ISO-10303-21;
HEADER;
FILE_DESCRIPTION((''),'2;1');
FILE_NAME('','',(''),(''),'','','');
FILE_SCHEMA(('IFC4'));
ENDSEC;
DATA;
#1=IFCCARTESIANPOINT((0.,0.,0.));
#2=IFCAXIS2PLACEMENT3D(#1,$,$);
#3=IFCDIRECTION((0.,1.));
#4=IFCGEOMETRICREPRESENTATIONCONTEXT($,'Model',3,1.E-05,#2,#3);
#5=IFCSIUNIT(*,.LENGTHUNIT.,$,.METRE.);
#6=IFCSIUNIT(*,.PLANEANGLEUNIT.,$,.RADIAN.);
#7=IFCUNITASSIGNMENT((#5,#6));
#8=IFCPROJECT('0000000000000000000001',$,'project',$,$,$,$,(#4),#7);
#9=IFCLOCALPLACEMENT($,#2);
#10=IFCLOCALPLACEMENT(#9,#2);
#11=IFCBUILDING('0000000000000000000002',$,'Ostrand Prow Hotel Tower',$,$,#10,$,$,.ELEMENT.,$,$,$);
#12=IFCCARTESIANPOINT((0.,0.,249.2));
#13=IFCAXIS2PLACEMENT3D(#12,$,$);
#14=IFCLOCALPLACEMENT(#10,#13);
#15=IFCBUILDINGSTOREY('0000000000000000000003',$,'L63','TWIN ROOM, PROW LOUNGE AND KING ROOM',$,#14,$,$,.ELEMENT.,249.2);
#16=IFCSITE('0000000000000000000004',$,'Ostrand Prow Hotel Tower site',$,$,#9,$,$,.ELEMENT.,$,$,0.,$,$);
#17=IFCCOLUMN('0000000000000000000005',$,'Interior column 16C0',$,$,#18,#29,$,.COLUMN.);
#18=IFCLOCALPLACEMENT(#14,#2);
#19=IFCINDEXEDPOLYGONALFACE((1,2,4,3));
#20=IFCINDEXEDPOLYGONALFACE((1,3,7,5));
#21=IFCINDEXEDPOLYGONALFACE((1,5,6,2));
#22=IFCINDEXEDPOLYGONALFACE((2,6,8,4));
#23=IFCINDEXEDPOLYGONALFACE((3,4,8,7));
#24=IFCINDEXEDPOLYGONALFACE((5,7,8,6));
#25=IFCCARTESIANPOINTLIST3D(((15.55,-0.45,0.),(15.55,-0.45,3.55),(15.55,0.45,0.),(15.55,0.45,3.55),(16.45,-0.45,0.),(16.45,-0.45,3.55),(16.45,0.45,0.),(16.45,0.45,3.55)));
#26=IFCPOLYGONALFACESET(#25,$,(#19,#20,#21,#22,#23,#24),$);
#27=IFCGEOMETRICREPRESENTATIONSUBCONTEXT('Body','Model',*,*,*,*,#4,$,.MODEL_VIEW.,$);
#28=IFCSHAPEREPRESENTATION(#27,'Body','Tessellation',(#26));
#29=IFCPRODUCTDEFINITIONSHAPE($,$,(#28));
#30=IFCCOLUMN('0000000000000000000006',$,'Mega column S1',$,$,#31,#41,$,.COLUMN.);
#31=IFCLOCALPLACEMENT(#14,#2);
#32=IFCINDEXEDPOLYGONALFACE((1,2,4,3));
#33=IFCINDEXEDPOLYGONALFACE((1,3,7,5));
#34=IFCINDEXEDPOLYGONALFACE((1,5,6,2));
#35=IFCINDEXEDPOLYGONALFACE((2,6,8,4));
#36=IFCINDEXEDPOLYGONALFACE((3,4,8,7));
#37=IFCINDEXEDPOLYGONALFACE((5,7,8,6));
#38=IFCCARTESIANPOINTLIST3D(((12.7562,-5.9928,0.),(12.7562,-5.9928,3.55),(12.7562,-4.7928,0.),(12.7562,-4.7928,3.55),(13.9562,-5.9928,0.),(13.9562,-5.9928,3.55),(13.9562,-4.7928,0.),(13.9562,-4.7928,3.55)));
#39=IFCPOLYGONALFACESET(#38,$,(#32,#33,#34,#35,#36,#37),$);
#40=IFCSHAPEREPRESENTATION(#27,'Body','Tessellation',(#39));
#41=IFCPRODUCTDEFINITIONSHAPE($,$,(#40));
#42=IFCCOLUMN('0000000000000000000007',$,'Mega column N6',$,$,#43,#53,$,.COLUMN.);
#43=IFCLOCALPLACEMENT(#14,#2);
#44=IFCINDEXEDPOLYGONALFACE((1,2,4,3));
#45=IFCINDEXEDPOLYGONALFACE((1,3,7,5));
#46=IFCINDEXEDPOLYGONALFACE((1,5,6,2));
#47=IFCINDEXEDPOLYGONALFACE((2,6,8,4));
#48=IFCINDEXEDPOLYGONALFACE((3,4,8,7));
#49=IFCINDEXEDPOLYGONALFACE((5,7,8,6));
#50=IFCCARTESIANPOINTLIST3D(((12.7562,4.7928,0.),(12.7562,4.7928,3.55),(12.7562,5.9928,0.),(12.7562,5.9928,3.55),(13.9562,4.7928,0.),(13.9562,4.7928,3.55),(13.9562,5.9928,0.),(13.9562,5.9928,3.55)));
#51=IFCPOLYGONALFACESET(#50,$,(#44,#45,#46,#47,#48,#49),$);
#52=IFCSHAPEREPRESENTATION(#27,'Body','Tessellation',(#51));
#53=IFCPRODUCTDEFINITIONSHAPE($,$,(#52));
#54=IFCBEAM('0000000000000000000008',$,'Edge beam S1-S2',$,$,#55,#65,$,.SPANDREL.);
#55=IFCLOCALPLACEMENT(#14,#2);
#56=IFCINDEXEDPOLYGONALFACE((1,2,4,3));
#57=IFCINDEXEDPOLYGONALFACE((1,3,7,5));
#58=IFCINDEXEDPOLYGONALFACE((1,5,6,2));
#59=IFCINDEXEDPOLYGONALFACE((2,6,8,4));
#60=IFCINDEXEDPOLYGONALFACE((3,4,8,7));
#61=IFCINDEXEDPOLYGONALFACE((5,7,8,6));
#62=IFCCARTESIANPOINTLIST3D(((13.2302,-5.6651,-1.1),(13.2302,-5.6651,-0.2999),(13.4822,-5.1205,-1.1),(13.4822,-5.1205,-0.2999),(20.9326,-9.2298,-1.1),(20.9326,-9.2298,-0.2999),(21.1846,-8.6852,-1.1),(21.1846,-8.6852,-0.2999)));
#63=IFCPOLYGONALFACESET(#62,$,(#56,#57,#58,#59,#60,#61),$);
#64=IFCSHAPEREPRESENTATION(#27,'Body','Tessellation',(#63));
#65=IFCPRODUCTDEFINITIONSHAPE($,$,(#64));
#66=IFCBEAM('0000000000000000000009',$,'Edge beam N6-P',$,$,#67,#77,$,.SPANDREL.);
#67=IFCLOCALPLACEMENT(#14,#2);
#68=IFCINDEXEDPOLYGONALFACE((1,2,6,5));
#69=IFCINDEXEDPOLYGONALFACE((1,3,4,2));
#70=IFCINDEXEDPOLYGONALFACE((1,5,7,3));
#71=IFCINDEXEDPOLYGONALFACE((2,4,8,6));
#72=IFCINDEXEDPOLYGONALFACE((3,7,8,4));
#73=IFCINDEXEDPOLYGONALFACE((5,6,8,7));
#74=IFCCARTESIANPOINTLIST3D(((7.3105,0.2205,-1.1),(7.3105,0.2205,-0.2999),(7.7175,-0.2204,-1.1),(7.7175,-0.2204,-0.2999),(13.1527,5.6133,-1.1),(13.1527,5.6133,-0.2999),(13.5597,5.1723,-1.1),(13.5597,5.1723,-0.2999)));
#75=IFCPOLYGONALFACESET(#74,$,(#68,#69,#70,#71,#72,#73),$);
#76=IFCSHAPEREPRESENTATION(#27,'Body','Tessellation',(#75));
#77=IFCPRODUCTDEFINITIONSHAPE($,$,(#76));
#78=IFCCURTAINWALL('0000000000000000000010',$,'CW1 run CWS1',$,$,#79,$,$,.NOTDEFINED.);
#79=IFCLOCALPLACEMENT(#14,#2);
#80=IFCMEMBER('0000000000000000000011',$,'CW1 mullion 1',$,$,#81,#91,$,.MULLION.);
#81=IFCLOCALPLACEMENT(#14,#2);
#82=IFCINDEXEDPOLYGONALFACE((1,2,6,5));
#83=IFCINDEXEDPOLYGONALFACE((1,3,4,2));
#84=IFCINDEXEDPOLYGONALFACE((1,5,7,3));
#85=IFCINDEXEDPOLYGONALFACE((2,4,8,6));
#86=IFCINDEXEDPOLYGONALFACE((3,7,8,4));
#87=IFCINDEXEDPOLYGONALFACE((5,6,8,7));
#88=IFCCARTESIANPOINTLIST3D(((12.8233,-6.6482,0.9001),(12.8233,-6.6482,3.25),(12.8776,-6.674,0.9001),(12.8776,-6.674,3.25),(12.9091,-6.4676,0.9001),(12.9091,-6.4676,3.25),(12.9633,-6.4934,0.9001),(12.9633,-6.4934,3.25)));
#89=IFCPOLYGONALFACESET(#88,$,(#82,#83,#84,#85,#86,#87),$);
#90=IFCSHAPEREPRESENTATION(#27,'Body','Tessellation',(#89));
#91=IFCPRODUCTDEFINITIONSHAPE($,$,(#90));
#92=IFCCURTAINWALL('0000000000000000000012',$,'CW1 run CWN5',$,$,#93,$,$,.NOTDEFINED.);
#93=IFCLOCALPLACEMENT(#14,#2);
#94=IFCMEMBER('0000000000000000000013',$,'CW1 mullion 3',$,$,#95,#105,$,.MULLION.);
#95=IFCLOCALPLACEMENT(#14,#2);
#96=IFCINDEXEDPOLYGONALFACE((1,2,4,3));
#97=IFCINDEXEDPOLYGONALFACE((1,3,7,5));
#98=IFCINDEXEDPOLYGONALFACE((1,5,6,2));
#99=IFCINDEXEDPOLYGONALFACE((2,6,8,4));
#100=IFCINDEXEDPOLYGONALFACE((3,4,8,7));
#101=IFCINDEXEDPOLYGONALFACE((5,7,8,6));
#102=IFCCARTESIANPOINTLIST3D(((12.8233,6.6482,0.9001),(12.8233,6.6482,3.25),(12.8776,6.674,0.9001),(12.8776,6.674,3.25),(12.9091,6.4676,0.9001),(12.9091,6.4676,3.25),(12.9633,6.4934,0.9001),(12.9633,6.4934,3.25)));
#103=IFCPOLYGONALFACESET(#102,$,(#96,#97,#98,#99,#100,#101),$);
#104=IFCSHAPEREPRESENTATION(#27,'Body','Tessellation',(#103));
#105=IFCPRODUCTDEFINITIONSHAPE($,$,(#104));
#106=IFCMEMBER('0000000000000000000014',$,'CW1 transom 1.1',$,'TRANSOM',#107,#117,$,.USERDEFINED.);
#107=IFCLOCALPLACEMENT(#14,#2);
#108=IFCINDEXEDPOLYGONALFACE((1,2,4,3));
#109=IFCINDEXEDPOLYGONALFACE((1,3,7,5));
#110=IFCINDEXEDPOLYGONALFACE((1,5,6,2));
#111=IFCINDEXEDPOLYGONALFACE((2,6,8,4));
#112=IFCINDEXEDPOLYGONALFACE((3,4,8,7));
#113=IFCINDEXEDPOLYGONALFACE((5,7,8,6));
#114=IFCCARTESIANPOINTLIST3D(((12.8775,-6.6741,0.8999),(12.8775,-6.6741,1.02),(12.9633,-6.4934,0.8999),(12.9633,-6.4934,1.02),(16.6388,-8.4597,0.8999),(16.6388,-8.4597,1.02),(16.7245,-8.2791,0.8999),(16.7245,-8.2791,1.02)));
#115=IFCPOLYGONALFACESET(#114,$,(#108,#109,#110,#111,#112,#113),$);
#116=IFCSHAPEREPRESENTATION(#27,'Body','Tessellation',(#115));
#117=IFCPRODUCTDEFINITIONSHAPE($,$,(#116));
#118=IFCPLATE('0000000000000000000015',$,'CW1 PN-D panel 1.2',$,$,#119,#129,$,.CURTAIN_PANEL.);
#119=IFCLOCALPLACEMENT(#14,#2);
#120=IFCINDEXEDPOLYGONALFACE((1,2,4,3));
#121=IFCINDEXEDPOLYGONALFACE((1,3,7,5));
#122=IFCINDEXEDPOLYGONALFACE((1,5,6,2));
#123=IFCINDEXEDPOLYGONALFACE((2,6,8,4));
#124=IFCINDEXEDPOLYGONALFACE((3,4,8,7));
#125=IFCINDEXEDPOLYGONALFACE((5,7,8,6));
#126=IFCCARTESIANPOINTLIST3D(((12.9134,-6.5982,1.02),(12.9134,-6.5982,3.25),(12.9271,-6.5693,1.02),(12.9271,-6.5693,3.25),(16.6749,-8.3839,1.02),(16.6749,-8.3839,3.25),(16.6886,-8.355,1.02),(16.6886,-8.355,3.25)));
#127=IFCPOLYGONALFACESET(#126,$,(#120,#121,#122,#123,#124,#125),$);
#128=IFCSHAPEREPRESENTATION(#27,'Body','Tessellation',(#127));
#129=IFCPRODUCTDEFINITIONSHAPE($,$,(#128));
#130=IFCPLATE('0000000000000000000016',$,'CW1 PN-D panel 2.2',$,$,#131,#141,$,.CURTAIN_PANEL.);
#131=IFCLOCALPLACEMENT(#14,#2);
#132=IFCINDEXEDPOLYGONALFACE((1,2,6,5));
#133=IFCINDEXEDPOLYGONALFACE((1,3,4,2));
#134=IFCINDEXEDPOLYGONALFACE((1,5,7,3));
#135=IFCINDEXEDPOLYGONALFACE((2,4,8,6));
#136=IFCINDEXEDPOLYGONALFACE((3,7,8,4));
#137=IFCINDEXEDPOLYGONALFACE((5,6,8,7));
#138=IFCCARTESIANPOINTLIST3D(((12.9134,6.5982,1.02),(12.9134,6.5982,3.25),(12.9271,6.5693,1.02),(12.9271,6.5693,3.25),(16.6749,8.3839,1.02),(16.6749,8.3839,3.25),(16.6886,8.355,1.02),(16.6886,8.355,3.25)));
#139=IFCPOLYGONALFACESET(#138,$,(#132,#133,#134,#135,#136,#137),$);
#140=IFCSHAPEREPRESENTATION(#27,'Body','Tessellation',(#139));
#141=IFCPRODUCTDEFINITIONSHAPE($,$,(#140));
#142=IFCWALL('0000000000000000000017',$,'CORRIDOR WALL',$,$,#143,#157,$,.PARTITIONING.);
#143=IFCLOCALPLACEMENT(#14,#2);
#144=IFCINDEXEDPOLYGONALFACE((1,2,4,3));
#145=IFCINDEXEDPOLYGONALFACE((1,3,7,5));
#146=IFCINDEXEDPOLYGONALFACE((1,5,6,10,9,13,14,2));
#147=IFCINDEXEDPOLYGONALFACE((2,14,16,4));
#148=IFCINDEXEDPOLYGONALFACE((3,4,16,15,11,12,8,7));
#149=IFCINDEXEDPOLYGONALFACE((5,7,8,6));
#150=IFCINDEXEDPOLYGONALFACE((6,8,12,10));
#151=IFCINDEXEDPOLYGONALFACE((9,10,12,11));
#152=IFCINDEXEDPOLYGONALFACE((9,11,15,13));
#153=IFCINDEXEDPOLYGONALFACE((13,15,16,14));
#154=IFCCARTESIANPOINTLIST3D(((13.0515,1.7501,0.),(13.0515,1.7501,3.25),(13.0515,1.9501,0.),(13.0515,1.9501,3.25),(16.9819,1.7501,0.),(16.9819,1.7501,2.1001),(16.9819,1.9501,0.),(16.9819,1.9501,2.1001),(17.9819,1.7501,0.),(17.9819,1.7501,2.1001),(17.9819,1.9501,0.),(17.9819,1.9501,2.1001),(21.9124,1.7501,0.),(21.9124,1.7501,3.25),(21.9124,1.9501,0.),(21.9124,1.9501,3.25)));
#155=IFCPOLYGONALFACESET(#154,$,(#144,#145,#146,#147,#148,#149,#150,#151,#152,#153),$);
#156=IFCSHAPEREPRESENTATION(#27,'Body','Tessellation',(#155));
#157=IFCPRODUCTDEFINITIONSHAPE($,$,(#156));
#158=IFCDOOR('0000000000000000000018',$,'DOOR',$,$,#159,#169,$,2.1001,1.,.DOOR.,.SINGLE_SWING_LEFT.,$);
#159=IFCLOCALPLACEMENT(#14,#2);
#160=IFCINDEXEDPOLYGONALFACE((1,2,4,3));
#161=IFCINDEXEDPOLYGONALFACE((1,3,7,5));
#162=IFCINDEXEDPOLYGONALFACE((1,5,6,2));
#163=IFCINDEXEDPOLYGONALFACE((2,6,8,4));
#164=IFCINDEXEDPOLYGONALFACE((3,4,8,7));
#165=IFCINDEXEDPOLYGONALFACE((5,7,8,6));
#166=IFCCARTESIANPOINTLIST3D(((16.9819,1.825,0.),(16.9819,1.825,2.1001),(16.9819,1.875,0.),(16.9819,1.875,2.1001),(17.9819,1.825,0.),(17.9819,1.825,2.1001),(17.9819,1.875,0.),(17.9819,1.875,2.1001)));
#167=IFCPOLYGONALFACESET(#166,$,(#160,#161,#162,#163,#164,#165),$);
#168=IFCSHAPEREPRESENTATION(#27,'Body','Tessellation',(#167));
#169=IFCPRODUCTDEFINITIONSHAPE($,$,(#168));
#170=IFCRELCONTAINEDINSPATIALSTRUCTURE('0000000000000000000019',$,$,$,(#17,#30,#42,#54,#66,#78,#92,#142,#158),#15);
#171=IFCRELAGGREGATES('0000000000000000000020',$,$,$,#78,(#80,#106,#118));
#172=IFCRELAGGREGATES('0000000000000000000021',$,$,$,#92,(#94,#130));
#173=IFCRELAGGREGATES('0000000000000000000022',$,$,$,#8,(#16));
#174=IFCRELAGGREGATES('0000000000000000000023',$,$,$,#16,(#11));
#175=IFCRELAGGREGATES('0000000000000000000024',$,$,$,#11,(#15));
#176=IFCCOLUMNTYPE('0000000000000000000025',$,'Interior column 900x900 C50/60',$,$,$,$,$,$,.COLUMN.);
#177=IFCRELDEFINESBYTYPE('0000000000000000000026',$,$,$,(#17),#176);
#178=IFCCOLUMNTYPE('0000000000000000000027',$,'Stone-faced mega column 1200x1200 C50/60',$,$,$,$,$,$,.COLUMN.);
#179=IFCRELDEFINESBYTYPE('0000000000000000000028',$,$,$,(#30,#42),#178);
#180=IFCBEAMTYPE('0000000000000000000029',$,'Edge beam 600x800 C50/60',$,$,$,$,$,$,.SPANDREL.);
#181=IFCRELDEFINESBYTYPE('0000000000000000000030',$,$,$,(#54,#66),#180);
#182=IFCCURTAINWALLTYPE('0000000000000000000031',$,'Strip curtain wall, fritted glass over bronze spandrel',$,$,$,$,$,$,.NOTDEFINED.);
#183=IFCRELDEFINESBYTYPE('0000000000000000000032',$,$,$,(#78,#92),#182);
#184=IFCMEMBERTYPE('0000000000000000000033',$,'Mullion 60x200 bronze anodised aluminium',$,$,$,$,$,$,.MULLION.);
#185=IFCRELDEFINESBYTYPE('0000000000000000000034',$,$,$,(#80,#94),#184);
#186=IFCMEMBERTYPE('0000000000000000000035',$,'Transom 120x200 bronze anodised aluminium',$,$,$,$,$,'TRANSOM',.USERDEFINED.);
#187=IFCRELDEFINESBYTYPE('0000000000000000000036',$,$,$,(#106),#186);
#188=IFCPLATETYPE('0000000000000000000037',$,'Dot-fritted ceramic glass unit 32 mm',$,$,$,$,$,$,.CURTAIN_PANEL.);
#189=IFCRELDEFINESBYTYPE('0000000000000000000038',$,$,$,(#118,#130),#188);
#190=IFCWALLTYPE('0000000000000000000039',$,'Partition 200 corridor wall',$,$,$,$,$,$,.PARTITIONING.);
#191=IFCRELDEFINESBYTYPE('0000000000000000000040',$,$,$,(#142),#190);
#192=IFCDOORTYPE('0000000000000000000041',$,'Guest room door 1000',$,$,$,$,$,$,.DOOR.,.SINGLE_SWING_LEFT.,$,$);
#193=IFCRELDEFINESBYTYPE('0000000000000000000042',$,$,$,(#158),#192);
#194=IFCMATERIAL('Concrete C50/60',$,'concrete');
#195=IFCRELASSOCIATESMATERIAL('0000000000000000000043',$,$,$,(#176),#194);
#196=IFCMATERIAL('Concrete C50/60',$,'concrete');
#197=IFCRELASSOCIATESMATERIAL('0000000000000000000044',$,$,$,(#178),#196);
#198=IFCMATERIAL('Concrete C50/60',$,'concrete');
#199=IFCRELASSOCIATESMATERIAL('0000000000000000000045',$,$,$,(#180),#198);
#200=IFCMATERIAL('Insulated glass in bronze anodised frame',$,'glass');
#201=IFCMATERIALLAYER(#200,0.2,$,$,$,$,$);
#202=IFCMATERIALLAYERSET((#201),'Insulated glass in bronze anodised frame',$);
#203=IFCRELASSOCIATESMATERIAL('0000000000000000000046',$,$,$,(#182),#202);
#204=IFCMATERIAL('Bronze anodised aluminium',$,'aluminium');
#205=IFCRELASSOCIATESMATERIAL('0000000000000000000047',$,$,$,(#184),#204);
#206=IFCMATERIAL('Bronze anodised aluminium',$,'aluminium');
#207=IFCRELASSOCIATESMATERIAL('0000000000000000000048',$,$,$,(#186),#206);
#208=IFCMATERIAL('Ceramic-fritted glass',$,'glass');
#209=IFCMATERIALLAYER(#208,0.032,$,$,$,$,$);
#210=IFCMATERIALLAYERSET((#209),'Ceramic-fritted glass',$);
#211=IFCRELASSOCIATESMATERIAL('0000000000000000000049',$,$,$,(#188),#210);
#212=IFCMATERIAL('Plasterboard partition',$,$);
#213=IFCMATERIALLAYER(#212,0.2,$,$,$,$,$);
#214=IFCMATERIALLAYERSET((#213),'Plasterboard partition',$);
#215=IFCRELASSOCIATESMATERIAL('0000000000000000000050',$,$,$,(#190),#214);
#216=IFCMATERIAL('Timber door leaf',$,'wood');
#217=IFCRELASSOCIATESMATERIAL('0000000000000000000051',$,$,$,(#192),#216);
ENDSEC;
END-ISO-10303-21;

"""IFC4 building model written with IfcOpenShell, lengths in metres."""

from ifc_helpers import new_model, si_unit, direction, frame, frame_2d, origin, origin_2d, place, context, subcontext, project, spatial, rectangle, extrude, material, layer, layer_set, material_profile, profile_set, type_object, element, fill, aggregate, save


model = new_model("IFC4")

# Units and contexts
model_context = context("Model", 3, precision=1e-05, world=origin(), true_north=direction((0.0, 1.0)))
body_context = subcontext(model_context, "Body", "Model", "MODEL_VIEW")
ifc_project = project(units=[si_unit("LENGTHUNIT", "METRE"), si_unit("PLANEANGLEUNIT", "RADIAN")], contexts=[model_context])

# Site, building, storey
site_placement = place(None, origin())
site = spatial("IfcSite", under=ifc_project, at=site_placement, Name="Ostrand Prow Hotel Tower site", CompositionType="ELEMENT", RefElevation=0.0)
building_placement = place(site_placement, origin())
building = spatial("IfcBuilding", under=site, at=building_placement, Name="Ostrand Prow Hotel Tower", CompositionType="ELEMENT")
storey_placement = place(building_placement, frame((0.0, 0.0, 249.2)))
storey = spatial("IfcBuildingStorey", under=building, at=storey_placement, Name="L63", Description="TWIN ROOM, PROW LOUNGE AND KING ROOM", CompositionType="ELEMENT", Elevation=249.2)

# Columns
ifc_material_1 = material(Name="Concrete C50/60", Category="concrete")
ifc_material_profile_1 = material_profile(ifc_material_1, rectangle(XDim=0.8999, YDim=0.8999, at=origin_2d()), Name="RC 900x900")
ifc_profile_set_1 = profile_set([ifc_material_profile_1], Name="Concrete C50/60")
column_type_1 = type_object("IfcColumnType", Name="Interior column 900x900 C50/60", PredefinedType="COLUMN", material=ifc_profile_set_1)
column_placement = place(storey_placement, frame((16.0, 0.0, 0.0), z_axis=(0.0, 0.0, 1.0), x_axis=(1.0, 0.0, 0.0)))
element("IfcColumn", 1, at=column_placement, inside=storey, type_object=column_type_1, Name="Interior column 16C0", PredefinedType="COLUMN", context=body_context, shape_type="SweptSolid", body=[
    extrude(rectangle(XDim=0.8999, YDim=0.8999, at=origin_2d()), origin(), (0.0, 0.0, 1.0), 3.55),
])
ifc_material_2 = material(Name="Concrete C50/60", Category="concrete")
ifc_material_profile_2 = material_profile(ifc_material_2, rectangle(XDim=1.2, YDim=1.2, at=origin_2d()), Name="RC 1200x1200")
ifc_profile_set_2 = profile_set([ifc_material_profile_2], Name="Concrete C50/60")
column_type_2 = type_object("IfcColumnType", Name="Stone-faced mega column 1200x1200 C50/60", PredefinedType="COLUMN", material=ifc_profile_set_2)
for number, where, z_axis, x_axis, name in (
    (2, (13.3562, -5.3928, 0.0), (0.0, 0.0, 1.0), (1.0, 0.0, 0.0), "Mega column S1"),
    (3, (13.3562, 5.3928, 0.0), (0.0, 0.0, 1.0), (1.0, 0.0, 0.0), "Mega column N6"),
):
    element("IfcColumn", number, at=place(storey_placement, frame(where, z_axis=z_axis, x_axis=x_axis)), inside=storey, type_object=column_type_2, Name=name, PredefinedType="COLUMN", context=body_context, shape_type="SweptSolid", body=[
        extrude(rectangle(XDim=1.2, YDim=1.2, at=origin_2d()), origin(), (0.0, 0.0, 1.0), 3.55),
    ])

# Beams
ifc_material_3 = material(Name="Concrete C50/60", Category="concrete")
ifc_material_profile_3 = material_profile(ifc_material_3, rectangle(XDim=0.6001, YDim=0.8, at=origin_2d()), Name="RC 600x800")
ifc_profile_set_3 = profile_set([ifc_material_profile_3], Name="Concrete C50/60")
beam_type = type_object("IfcBeamType", Name="Edge beam 600x800 C50/60", PredefinedType="SPANDREL", material=ifc_profile_set_3)
beam_1_placement = place(storey_placement, frame((13.3562, -5.3928, -0.7), z_axis=(0.907522, -0.420005, 0.0), x_axis=(0.420005, 0.907522, 0.0)))
element("IfcBeam", 4, at=beam_1_placement, inside=storey, type_object=beam_type, Name="Edge beam S1-S2", PredefinedType="SPANDREL", context=body_context, shape_type="SweptSolid", body=[
    extrude(rectangle(XDim=0.6001, YDim=0.8, at=origin_2d()), origin(), (0.0, 0.0, 1.0), 8.4873),
])
beam_2_placement = place(storey_placement, frame((13.3562, 5.3928, -0.7), z_axis=(-0.734807, -0.678276, 0.0), x_axis=(0.678276, -0.734807, 0.0)))
element("IfcBeam", 5, at=beam_2_placement, inside=storey, type_object=beam_type, Name="Edge beam N6-P", PredefinedType="SPANDREL", context=body_context, shape_type="SweptSolid", body=[
    extrude(rectangle(XDim=0.6001, YDim=0.8, at=origin_2d()), origin(), (0.0, 0.0, 1.0), 7.9507),
])

# Curtain walls, members
ifc_material_4 = material(Name="Insulated glass in bronze anodised frame", Category="glass")
ifc_layer_1 = layer(ifc_material_4, 0.2)
ifc_layer_set_1 = layer_set([ifc_layer_1], Name="Insulated glass in bronze anodised frame")
curtain_wall_type = type_object("IfcCurtainWallType", Name="Strip curtain wall, fritted glass over bronze spandrel", PredefinedType="NOTDEFINED", material=ifc_layer_set_1)
curtain_wall_1_placement = place(storey_placement, origin())
curtain_wall_1 = element("IfcCurtainWall", 6, at=curtain_wall_1_placement, inside=storey, type_object=curtain_wall_type, Name="CW1 run CWS1", PredefinedType="NOTDEFINED")
ifc_material_5 = material(Name="Bronze anodised aluminium", Category="aluminium")
ifc_material_profile_4 = material_profile(ifc_material_5, rectangle(XDim=0.2, YDim=0.0601, at=origin_2d()), Name="Mullion 60x200 bronze anodised aluminium")
ifc_profile_set_4 = profile_set([ifc_material_profile_4], Name="Bronze anodised aluminium")
member_type_1 = type_object("IfcMemberType", Name="Mullion 60x200 bronze anodised aluminium", PredefinedType="MULLION", material=ifc_profile_set_4)
member_1_placement = place(storey_placement, frame((12.8933, -6.5708, 0.9001), z_axis=(0.0, 0.0, 1.0), x_axis=(0.428861, 0.90337, 0.0)))
member_1 = element("IfcMember", 7, at=member_1_placement, type_object=member_type_1, Name="CW1 mullion 1", PredefinedType="MULLION", context=body_context, shape_type="SweptSolid", body=[
    extrude(rectangle(XDim=0.2, YDim=0.0601, at=origin_2d()), origin(), (0.0, 0.0, 1.0), 2.3499),
])
curtain_wall_2_placement = place(storey_placement, origin())
curtain_wall_2 = element("IfcCurtainWall", 8, at=curtain_wall_2_placement, inside=storey, type_object=curtain_wall_type, Name="CW1 run CWN5", PredefinedType="NOTDEFINED")
member_2_placement = place(storey_placement, frame((12.8933, 6.5708, 0.9001), z_axis=(0.0, 0.0, 1.0), x_axis=(0.428861, -0.90337, 0.0)))
member_2 = element("IfcMember", 9, at=member_2_placement, type_object=member_type_1, Name="CW1 mullion 3", PredefinedType="MULLION", context=body_context, shape_type="SweptSolid", body=[
    extrude(rectangle(XDim=0.2, YDim=0.0601, at=origin_2d()), origin(), (0.0, 0.0, 1.0), 2.3499),
])

# Member
ifc_material_6 = material(Name="Bronze anodised aluminium", Category="aluminium")
ifc_material_profile_5 = material_profile(ifc_material_6, rectangle(XDim=0.2, YDim=0.1201, at=origin_2d()), Name="Transom 120x200 bronze anodised aluminium")
ifc_profile_set_5 = profile_set([ifc_material_profile_5], Name="Bronze anodised aluminium")
member_type_2 = type_object("IfcMemberType", Name="Transom 120x200 bronze anodised aluminium", ElementType="TRANSOM", PredefinedType="USERDEFINED", material=ifc_profile_set_5)
member_3_placement = place(storey_placement, frame((12.9204, -6.5837, 0.96), z_axis=(0.903365, -0.428873, 0.0), x_axis=(0.428873, 0.903365, 0.0)))
member_3 = element("IfcMember", 10, at=member_3_placement, type_object=member_type_2, Name="CW1 transom 1.1", ObjectType="TRANSOM", PredefinedType="USERDEFINED", context=body_context, shape_type="SweptSolid", body=[
    extrude(rectangle(XDim=0.2, YDim=0.1201, at=origin_2d()), origin(), (0.0, 0.0, 1.0), 4.1636),
])

# Plates
ifc_material_7 = material(Name="Ceramic-fritted glass", Category="glass")
ifc_layer_2 = layer(ifc_material_7, 0.032)
ifc_layer_set_2 = layer_set([ifc_layer_2], Name="Ceramic-fritted glass")
plate_type = type_object("IfcPlateType", Name="Dot-fritted ceramic glass unit 32 mm", PredefinedType="CURTAIN_PANEL", material=ifc_layer_set_2)
plate_1_placement = place(storey_placement, frame((14.801, -7.4766, 1.02), z_axis=(0.0, 0.0, 1.0), x_axis=(0.90337, -0.428861, 0.0)))
plate_1 = element("IfcPlate", 11, at=plate_1_placement, type_object=plate_type, Name="CW1 PN-D panel 1.2", PredefinedType="CURTAIN_PANEL", context=body_context, shape_type="SweptSolid", body=[
    extrude(rectangle(XDim=4.1638, YDim=0.032, at=origin_2d()), origin(), (0.0, 0.0, 1.0), 2.23),
])
aggregate(curtain_wall_1, [member_1, member_3, plate_1])
plate_2_placement = place(storey_placement, frame((14.801, 7.4766, 1.02), z_axis=(0.0, 0.0, 1.0), x_axis=(-0.90337, -0.428861, 0.0)))
plate_2 = element("IfcPlate", 12, at=plate_2_placement, type_object=plate_type, Name="CW1 PN-D panel 2.2", PredefinedType="CURTAIN_PANEL", context=body_context, shape_type="SweptSolid", body=[
    extrude(rectangle(XDim=4.1638, YDim=0.032, at=origin_2d()), origin(), (0.0, 0.0, 1.0), 2.23),
])
aggregate(curtain_wall_2, [member_2, plate_2])

# Wall, opening, door
ifc_material_8 = material(Name="Plasterboard partition")
ifc_layer_3 = layer(ifc_material_8, 0.2)
ifc_layer_set_3 = layer_set([ifc_layer_3], Name="Plasterboard partition")
wall_type_1 = type_object("IfcWallType", Name="Partition 200 corridor wall", PredefinedType="PARTITIONING", material=ifc_layer_set_3)
wall_1_placement = place(storey_placement, frame((13.0515, 1.8501, 0.0), z_axis=(0.0, 0.0, 1.0), x_axis=(1.0, 0.0, 0.0)))
wall_1 = element("IfcWall", 13, at=wall_1_placement, inside=storey, type_object=wall_type_1, Name="CORRIDOR WALL", PredefinedType="PARTITIONING", context=body_context, shape_type="SweptSolid", body=[
    extrude(rectangle(XDim=8.8608, YDim=0.2, at=frame_2d((4.4304, 0.0))), origin(), (0.0, 0.0, 1.0), 3.25),
])
opening_1_placement = place(wall_1_placement, frame((3.9304, 0.0, 0.0)))
opening_1 = element("IfcOpeningElement", 14, at=opening_1_placement, cuts=wall_1, PredefinedType="OPENING", context=body_context, shape_type="SweptSolid", body=[
    extrude(rectangle(XDim=1.0, YDim=2.1001, at=frame_2d((0.5, 1.05))), frame((0.0, 0.1099, 0.0), z_axis=(0.0, -1.0, 0.0), x_axis=(1.0, 0.0, 0.0)), (0.0, 0.0, 1.0), 0.22),
])
ifc_material_9 = material(Name="Timber door leaf", Category="wood")
door_type_1 = type_object("IfcDoorType", Name="Guest room door 1000", OperationType="SINGLE_SWING_LEFT", PredefinedType="DOOR", material=ifc_material_9)
door_1_placement = place(opening_1_placement, origin())
door_1 = element("IfcDoor", 15, at=door_1_placement, inside=storey, type_object=door_type_1, Name="DOOR", OperationType="SINGLE_SWING_LEFT", OverallHeight=2.1001, OverallWidth=1.0, PredefinedType="DOOR", context=body_context, shape_type="SweptSolid", body=[
    extrude(rectangle(XDim=1.0, YDim=2.1001, at=frame_2d((0.5, 1.05))), frame((0.0, 0.0249, 0.0), z_axis=(0.0, -1.0, 0.0), x_axis=(1.0, 0.0, 0.0)), (0.0, 0.0, 1.0), 0.05),
])
fill(opening_1, door_1)

save(model, "model.ifc")
